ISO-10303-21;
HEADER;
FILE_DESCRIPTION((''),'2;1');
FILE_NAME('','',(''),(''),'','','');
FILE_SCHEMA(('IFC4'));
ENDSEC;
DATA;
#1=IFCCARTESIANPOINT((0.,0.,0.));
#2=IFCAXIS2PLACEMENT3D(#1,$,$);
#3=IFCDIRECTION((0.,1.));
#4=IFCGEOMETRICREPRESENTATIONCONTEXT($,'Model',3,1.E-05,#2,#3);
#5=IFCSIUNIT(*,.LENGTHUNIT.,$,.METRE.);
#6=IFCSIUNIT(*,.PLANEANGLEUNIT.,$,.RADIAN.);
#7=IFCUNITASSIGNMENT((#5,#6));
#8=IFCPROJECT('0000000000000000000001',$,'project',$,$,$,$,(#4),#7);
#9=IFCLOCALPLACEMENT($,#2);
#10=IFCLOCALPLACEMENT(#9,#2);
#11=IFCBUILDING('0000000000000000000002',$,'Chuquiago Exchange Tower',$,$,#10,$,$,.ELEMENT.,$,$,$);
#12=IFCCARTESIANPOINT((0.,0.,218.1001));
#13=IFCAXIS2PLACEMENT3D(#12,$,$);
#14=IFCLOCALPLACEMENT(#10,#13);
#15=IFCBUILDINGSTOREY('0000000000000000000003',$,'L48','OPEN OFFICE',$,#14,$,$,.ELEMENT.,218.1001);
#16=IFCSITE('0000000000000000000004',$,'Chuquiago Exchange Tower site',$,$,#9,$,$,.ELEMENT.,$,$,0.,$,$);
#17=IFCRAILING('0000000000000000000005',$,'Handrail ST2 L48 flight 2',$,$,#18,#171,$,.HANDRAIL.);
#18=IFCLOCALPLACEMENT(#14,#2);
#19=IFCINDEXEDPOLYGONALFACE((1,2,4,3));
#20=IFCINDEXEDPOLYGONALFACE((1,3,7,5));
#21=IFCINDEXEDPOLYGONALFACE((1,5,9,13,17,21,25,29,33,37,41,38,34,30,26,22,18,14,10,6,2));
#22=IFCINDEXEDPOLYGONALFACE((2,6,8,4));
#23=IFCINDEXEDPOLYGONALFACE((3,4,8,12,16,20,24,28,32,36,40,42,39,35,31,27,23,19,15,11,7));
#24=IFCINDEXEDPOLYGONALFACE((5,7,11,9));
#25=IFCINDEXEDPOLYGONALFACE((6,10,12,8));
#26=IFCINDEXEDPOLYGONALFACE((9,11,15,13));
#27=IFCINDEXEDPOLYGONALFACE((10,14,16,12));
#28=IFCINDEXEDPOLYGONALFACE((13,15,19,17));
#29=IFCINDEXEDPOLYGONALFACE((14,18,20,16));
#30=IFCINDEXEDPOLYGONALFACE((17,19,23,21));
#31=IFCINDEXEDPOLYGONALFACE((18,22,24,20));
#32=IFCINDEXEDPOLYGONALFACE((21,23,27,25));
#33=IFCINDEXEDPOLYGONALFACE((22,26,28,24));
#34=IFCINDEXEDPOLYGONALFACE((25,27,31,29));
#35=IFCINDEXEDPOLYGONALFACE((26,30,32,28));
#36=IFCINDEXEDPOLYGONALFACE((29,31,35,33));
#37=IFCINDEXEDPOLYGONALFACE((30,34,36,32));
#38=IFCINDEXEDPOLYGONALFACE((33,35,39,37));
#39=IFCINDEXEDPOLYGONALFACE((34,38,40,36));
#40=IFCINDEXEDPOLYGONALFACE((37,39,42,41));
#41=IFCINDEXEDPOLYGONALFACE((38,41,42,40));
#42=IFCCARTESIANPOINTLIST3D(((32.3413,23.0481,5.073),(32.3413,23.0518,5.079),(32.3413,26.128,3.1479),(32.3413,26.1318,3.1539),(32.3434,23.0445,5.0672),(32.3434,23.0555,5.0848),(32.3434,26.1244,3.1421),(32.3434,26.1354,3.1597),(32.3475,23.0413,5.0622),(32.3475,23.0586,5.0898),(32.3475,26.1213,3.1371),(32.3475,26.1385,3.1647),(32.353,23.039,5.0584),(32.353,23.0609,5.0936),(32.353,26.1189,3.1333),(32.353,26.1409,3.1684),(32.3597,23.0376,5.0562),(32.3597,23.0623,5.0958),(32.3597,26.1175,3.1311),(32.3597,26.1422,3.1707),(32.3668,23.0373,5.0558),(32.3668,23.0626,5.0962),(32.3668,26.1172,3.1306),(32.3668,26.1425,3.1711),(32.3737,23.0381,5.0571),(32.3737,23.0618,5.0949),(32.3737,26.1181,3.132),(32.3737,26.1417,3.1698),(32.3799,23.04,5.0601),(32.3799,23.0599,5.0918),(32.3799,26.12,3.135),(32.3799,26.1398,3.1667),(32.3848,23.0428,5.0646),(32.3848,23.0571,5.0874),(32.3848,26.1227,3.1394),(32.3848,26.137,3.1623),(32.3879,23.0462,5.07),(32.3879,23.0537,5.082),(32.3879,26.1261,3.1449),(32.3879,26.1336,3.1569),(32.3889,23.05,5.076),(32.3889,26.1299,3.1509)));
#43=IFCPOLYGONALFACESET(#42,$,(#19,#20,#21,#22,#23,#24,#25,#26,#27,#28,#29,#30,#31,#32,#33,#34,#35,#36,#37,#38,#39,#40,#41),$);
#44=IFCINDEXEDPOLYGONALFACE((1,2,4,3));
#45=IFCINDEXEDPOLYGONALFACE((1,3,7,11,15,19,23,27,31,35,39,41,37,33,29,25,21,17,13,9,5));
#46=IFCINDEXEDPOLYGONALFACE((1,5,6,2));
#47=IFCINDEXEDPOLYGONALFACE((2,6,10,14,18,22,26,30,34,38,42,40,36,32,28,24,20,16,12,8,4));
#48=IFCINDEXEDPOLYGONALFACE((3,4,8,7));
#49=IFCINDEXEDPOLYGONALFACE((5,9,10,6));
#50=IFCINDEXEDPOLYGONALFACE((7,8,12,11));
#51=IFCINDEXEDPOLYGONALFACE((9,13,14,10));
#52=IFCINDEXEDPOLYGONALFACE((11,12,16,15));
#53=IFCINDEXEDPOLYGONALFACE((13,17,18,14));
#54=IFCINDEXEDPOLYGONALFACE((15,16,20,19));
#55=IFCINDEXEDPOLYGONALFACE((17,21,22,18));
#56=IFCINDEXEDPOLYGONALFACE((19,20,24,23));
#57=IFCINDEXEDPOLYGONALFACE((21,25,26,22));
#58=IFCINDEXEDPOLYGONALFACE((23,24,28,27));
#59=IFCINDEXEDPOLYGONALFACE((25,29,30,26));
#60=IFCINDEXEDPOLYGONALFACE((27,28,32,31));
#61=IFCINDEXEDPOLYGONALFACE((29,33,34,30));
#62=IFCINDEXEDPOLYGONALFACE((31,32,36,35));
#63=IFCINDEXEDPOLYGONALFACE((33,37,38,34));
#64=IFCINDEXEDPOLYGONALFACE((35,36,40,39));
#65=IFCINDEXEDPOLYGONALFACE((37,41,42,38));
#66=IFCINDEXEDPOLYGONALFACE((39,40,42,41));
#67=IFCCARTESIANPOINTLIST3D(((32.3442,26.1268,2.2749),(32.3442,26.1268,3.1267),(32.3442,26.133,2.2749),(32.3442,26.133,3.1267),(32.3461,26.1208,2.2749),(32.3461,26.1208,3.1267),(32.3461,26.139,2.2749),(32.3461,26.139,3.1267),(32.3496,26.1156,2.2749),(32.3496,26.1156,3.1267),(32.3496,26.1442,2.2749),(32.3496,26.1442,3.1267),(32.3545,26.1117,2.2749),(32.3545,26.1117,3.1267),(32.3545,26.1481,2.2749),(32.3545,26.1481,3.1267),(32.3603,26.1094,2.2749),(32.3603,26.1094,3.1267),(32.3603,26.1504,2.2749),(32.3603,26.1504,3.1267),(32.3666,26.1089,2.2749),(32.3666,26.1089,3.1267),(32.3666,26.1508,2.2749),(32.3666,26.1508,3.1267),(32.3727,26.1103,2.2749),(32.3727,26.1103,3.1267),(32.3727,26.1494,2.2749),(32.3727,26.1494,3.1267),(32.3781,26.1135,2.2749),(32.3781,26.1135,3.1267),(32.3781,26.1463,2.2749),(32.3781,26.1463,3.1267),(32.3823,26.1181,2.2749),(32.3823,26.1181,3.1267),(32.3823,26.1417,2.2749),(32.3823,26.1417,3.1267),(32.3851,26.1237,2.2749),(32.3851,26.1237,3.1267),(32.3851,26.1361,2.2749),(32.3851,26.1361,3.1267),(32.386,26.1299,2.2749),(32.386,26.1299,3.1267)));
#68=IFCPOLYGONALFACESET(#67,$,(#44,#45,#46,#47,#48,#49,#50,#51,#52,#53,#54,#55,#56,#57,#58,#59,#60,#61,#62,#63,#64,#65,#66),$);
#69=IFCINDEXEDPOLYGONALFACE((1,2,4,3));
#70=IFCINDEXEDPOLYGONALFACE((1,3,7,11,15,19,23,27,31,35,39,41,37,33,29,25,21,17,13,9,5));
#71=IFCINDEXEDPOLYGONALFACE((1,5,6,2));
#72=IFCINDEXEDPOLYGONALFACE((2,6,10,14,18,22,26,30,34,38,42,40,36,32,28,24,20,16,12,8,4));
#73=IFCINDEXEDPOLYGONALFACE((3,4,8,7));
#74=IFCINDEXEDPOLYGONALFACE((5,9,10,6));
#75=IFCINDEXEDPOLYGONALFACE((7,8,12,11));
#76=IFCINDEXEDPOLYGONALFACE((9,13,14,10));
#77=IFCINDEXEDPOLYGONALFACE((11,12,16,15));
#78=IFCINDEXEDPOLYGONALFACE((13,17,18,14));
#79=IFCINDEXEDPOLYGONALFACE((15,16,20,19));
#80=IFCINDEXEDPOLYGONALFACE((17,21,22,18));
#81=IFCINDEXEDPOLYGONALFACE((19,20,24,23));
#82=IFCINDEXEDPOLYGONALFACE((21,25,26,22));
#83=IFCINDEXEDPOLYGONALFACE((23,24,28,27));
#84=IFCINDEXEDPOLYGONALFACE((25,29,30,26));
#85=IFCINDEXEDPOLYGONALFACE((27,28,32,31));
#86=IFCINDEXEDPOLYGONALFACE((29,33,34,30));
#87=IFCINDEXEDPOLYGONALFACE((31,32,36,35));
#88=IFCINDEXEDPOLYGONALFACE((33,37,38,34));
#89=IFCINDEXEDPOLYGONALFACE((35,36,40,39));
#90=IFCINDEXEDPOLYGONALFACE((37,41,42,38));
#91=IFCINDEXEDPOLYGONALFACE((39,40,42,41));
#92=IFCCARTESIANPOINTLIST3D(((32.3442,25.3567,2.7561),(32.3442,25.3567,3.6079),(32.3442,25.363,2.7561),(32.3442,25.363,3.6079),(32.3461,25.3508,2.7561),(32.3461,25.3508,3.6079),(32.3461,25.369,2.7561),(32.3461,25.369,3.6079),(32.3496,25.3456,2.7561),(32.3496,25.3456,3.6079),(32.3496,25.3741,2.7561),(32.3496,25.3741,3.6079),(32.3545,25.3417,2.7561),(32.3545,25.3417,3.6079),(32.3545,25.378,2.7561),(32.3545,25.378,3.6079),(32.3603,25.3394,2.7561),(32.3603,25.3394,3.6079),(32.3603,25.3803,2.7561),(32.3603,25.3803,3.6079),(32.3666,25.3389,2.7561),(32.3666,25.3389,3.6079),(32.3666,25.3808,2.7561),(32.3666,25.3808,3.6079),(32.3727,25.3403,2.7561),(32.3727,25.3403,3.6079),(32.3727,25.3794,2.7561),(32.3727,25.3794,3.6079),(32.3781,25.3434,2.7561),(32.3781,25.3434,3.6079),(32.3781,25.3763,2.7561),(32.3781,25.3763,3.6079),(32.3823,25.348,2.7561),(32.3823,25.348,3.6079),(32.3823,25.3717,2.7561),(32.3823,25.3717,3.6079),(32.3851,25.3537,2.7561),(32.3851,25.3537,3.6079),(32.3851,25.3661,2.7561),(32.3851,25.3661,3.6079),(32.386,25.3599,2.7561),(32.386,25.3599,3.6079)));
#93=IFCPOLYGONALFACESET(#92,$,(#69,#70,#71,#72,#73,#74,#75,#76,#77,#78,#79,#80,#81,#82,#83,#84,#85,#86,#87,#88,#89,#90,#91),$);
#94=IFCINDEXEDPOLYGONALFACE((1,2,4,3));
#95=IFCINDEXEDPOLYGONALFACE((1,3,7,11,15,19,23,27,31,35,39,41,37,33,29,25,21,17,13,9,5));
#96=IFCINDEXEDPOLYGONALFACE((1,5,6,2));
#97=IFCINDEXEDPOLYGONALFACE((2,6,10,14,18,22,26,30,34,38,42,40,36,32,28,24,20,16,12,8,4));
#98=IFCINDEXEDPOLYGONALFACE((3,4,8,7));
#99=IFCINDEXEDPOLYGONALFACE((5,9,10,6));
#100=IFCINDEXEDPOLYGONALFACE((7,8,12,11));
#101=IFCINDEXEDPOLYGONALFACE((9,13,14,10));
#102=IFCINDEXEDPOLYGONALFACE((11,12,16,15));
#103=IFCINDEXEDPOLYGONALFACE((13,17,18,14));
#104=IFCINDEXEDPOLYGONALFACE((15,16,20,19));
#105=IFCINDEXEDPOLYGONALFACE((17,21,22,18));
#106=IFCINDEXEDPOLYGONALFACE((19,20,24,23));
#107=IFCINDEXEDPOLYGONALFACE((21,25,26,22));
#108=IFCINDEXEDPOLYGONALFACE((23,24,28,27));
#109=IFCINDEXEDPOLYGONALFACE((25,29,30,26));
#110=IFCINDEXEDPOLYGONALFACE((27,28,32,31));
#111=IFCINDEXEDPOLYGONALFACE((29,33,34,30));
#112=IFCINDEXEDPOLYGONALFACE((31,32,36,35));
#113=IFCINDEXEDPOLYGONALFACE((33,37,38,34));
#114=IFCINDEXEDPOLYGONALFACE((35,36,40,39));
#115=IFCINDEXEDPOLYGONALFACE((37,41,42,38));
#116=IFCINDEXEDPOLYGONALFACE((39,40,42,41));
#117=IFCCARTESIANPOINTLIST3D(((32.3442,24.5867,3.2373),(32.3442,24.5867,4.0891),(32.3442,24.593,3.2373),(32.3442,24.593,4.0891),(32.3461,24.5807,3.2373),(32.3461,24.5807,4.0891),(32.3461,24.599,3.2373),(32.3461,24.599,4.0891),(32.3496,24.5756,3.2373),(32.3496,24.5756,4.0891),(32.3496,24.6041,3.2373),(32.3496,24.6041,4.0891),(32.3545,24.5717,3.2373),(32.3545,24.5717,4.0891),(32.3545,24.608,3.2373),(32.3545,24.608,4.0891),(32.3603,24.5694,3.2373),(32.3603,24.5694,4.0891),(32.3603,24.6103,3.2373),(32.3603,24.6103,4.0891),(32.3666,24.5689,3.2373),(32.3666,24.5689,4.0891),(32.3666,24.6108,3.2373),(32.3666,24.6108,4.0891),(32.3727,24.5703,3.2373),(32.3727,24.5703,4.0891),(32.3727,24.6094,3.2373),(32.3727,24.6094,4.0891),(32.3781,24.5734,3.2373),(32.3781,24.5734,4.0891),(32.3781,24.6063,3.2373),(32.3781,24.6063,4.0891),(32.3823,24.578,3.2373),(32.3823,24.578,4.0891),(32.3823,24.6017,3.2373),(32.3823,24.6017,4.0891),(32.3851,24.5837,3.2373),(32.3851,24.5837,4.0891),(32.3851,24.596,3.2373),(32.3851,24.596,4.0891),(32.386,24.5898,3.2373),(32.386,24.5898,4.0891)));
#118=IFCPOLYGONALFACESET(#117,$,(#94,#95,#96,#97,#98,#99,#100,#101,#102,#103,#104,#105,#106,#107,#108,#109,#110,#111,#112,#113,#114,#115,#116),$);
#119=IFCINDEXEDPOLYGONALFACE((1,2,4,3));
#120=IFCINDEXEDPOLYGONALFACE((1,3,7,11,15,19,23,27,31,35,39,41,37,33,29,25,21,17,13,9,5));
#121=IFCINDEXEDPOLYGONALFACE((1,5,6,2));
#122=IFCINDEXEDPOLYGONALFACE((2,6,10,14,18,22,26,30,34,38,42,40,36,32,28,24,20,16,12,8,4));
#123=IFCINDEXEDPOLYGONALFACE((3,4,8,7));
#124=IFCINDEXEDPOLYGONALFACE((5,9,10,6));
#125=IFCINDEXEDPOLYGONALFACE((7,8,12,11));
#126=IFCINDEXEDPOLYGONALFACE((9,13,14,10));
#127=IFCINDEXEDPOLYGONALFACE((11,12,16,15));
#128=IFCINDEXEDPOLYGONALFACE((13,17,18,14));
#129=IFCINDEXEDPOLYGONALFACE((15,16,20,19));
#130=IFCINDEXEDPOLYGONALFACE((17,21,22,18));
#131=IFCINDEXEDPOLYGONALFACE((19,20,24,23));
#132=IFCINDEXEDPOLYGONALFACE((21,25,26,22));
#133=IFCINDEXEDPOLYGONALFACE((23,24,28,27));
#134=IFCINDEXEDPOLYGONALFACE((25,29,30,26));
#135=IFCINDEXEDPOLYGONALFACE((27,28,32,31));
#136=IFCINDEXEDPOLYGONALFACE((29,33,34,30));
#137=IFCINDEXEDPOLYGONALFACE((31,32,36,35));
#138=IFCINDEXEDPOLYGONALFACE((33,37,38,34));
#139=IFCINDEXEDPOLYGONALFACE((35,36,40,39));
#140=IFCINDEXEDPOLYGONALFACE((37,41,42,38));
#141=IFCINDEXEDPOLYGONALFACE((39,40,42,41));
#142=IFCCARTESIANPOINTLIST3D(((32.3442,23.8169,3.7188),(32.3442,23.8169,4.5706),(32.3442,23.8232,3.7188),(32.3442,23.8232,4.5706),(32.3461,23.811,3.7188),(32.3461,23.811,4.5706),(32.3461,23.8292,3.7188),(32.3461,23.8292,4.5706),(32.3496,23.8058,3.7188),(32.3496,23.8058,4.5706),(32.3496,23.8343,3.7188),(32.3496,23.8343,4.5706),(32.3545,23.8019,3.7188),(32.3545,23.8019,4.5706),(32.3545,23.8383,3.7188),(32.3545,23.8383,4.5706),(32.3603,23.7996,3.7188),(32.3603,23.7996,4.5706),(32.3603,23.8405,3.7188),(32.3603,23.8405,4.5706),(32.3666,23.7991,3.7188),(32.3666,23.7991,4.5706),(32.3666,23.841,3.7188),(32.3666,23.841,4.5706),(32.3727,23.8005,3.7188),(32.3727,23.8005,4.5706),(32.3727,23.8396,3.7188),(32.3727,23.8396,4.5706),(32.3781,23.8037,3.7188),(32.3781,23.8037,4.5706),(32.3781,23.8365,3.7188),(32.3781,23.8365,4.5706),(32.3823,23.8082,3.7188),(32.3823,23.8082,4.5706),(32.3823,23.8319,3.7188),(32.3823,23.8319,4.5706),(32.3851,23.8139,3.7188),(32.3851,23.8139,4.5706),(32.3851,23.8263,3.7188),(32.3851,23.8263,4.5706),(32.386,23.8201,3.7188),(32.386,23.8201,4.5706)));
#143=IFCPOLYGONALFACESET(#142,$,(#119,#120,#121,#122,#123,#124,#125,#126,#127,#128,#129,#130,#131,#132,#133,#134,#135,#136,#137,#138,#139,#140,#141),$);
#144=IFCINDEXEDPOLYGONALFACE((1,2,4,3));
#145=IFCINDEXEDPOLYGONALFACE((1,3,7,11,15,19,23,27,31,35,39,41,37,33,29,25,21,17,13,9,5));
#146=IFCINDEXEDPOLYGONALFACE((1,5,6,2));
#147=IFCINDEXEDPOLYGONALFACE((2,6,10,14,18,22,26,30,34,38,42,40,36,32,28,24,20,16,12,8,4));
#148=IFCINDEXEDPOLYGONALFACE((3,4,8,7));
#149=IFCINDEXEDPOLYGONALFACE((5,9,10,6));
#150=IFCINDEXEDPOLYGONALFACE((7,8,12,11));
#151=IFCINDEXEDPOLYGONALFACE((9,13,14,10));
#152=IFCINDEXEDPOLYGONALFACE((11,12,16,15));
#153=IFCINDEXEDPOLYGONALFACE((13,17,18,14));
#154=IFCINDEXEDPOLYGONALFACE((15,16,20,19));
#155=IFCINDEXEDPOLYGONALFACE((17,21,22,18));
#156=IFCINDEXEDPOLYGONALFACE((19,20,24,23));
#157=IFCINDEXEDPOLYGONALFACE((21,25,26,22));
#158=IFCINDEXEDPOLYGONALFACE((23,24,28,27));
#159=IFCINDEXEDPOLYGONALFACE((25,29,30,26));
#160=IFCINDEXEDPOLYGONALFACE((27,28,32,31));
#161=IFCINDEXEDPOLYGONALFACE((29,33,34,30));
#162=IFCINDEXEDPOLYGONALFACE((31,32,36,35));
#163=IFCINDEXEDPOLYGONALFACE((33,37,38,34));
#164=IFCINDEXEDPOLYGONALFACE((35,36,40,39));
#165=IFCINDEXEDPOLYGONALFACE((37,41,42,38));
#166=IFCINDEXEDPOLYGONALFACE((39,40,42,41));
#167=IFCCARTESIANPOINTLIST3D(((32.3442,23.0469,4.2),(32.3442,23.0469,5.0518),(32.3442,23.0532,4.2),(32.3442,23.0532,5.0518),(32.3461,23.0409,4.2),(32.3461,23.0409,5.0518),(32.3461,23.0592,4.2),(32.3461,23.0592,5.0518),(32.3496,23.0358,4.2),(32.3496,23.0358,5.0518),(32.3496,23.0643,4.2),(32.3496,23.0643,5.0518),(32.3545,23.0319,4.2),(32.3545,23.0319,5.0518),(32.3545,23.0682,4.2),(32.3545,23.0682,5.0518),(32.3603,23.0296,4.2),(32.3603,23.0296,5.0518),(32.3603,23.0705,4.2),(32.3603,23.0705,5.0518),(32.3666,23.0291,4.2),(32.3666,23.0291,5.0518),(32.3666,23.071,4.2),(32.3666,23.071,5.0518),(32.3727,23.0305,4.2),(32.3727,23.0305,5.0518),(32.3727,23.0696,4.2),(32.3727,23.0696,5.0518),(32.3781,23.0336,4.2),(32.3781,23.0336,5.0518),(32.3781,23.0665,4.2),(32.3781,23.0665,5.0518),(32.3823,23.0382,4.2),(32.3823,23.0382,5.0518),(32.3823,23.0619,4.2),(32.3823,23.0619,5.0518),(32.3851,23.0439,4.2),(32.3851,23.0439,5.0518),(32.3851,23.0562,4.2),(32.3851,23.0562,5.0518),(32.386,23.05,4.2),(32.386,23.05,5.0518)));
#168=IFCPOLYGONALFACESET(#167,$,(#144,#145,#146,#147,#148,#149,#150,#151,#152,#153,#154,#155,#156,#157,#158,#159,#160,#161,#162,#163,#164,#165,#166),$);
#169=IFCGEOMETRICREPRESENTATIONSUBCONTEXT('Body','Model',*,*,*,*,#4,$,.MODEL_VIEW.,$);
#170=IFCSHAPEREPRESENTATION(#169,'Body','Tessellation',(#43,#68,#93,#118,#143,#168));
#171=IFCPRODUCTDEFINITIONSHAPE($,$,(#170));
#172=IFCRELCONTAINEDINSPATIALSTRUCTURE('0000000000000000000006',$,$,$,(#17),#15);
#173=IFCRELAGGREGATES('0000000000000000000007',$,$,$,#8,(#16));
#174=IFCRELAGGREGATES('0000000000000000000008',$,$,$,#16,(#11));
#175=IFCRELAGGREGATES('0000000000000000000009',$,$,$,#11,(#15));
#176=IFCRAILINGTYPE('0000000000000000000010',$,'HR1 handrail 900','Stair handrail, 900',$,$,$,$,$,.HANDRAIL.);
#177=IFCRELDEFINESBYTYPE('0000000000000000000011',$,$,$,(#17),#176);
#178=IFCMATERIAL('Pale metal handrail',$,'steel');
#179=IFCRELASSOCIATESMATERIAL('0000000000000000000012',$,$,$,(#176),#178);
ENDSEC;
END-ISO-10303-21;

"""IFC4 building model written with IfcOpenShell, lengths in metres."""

from ifc_helpers import new_model, si_unit, direction, frame, origin, origin_2d, place, context, subcontext, project, spatial, circle, extrude, material, type_object, element, save


model = new_model("IFC4")

# Units and contexts
model_context = context("Model", 3, precision=1e-05, world=origin(), true_north=direction((0.0, 1.0)))
body_context = subcontext(model_context, "Body", "Model", "MODEL_VIEW")
ifc_project = project(units=[si_unit("LENGTHUNIT", "METRE"), si_unit("PLANEANGLEUNIT", "RADIAN")], contexts=[model_context])

# Site, building, storey
site_placement = place(None, origin())
site = spatial("IfcSite", under=ifc_project, at=site_placement, Name="Chuquiago Exchange Tower site", CompositionType="ELEMENT", RefElevation=0.0)
building_placement = place(site_placement, origin())
building = spatial("IfcBuilding", under=site, at=building_placement, Name="Chuquiago Exchange Tower", CompositionType="ELEMENT")
storey_placement = place(building_placement, frame((0.0, 0.0, 218.1001)))
storey = spatial("IfcBuildingStorey", under=building, at=storey_placement, Name="L48", Description="OPEN OFFICE", CompositionType="ELEMENT", Elevation=218.1001)

# Railing
ifc_material_1 = material(Name="Pale metal handrail", Category="steel")
railing_type_1 = type_object("IfcRailingType", Name="HR1 handrail 900", Description="Stair handrail, 900", PredefinedType="HANDRAIL", material=ifc_material_1)
railing_1_placement = place(storey_placement, frame((32.365, 26.1299, 2.2749)))
element("IfcRailing", 1, at=railing_1_placement, inside=storey, type_object=railing_type_1, Name="Handrail ST2 L48 flight 2", PredefinedType="HANDRAIL", context=body_context, shape_type="SweptSolid", body=[
    extrude(circle(Radius=0.0239, at=origin_2d()), frame((0.0, 0.0, 0.876), z_axis=(0.0, -0.847979, 0.530029), x_axis=(1.0, 0.0, 0.0)), (0.0, 0.0, 1.0), 3.6321),
    extrude(circle(Radius=0.021, at=origin_2d()), origin(), (0.0, 0.0, 1.0), 0.8518),
    extrude(circle(Radius=0.021, at=origin_2d()), frame((0.0, -0.77, 0.4812)), (0.0, 0.0, 1.0), 0.8518),
    extrude(circle(Radius=0.021, at=origin_2d()), frame((0.0, -1.54, 0.9624)), (0.0, 0.0, 1.0), 0.8518),
    extrude(circle(Radius=0.021, at=origin_2d()), frame((0.0, -2.3098, 1.4438)), (0.0, 0.0, 1.0), 0.8518),
    extrude(circle(Radius=0.021, at=origin_2d()), frame((0.0, -3.0798, 1.925)), (0.0, 0.0, 1.0), 0.8518),
])

save(model, "model.ifc")
